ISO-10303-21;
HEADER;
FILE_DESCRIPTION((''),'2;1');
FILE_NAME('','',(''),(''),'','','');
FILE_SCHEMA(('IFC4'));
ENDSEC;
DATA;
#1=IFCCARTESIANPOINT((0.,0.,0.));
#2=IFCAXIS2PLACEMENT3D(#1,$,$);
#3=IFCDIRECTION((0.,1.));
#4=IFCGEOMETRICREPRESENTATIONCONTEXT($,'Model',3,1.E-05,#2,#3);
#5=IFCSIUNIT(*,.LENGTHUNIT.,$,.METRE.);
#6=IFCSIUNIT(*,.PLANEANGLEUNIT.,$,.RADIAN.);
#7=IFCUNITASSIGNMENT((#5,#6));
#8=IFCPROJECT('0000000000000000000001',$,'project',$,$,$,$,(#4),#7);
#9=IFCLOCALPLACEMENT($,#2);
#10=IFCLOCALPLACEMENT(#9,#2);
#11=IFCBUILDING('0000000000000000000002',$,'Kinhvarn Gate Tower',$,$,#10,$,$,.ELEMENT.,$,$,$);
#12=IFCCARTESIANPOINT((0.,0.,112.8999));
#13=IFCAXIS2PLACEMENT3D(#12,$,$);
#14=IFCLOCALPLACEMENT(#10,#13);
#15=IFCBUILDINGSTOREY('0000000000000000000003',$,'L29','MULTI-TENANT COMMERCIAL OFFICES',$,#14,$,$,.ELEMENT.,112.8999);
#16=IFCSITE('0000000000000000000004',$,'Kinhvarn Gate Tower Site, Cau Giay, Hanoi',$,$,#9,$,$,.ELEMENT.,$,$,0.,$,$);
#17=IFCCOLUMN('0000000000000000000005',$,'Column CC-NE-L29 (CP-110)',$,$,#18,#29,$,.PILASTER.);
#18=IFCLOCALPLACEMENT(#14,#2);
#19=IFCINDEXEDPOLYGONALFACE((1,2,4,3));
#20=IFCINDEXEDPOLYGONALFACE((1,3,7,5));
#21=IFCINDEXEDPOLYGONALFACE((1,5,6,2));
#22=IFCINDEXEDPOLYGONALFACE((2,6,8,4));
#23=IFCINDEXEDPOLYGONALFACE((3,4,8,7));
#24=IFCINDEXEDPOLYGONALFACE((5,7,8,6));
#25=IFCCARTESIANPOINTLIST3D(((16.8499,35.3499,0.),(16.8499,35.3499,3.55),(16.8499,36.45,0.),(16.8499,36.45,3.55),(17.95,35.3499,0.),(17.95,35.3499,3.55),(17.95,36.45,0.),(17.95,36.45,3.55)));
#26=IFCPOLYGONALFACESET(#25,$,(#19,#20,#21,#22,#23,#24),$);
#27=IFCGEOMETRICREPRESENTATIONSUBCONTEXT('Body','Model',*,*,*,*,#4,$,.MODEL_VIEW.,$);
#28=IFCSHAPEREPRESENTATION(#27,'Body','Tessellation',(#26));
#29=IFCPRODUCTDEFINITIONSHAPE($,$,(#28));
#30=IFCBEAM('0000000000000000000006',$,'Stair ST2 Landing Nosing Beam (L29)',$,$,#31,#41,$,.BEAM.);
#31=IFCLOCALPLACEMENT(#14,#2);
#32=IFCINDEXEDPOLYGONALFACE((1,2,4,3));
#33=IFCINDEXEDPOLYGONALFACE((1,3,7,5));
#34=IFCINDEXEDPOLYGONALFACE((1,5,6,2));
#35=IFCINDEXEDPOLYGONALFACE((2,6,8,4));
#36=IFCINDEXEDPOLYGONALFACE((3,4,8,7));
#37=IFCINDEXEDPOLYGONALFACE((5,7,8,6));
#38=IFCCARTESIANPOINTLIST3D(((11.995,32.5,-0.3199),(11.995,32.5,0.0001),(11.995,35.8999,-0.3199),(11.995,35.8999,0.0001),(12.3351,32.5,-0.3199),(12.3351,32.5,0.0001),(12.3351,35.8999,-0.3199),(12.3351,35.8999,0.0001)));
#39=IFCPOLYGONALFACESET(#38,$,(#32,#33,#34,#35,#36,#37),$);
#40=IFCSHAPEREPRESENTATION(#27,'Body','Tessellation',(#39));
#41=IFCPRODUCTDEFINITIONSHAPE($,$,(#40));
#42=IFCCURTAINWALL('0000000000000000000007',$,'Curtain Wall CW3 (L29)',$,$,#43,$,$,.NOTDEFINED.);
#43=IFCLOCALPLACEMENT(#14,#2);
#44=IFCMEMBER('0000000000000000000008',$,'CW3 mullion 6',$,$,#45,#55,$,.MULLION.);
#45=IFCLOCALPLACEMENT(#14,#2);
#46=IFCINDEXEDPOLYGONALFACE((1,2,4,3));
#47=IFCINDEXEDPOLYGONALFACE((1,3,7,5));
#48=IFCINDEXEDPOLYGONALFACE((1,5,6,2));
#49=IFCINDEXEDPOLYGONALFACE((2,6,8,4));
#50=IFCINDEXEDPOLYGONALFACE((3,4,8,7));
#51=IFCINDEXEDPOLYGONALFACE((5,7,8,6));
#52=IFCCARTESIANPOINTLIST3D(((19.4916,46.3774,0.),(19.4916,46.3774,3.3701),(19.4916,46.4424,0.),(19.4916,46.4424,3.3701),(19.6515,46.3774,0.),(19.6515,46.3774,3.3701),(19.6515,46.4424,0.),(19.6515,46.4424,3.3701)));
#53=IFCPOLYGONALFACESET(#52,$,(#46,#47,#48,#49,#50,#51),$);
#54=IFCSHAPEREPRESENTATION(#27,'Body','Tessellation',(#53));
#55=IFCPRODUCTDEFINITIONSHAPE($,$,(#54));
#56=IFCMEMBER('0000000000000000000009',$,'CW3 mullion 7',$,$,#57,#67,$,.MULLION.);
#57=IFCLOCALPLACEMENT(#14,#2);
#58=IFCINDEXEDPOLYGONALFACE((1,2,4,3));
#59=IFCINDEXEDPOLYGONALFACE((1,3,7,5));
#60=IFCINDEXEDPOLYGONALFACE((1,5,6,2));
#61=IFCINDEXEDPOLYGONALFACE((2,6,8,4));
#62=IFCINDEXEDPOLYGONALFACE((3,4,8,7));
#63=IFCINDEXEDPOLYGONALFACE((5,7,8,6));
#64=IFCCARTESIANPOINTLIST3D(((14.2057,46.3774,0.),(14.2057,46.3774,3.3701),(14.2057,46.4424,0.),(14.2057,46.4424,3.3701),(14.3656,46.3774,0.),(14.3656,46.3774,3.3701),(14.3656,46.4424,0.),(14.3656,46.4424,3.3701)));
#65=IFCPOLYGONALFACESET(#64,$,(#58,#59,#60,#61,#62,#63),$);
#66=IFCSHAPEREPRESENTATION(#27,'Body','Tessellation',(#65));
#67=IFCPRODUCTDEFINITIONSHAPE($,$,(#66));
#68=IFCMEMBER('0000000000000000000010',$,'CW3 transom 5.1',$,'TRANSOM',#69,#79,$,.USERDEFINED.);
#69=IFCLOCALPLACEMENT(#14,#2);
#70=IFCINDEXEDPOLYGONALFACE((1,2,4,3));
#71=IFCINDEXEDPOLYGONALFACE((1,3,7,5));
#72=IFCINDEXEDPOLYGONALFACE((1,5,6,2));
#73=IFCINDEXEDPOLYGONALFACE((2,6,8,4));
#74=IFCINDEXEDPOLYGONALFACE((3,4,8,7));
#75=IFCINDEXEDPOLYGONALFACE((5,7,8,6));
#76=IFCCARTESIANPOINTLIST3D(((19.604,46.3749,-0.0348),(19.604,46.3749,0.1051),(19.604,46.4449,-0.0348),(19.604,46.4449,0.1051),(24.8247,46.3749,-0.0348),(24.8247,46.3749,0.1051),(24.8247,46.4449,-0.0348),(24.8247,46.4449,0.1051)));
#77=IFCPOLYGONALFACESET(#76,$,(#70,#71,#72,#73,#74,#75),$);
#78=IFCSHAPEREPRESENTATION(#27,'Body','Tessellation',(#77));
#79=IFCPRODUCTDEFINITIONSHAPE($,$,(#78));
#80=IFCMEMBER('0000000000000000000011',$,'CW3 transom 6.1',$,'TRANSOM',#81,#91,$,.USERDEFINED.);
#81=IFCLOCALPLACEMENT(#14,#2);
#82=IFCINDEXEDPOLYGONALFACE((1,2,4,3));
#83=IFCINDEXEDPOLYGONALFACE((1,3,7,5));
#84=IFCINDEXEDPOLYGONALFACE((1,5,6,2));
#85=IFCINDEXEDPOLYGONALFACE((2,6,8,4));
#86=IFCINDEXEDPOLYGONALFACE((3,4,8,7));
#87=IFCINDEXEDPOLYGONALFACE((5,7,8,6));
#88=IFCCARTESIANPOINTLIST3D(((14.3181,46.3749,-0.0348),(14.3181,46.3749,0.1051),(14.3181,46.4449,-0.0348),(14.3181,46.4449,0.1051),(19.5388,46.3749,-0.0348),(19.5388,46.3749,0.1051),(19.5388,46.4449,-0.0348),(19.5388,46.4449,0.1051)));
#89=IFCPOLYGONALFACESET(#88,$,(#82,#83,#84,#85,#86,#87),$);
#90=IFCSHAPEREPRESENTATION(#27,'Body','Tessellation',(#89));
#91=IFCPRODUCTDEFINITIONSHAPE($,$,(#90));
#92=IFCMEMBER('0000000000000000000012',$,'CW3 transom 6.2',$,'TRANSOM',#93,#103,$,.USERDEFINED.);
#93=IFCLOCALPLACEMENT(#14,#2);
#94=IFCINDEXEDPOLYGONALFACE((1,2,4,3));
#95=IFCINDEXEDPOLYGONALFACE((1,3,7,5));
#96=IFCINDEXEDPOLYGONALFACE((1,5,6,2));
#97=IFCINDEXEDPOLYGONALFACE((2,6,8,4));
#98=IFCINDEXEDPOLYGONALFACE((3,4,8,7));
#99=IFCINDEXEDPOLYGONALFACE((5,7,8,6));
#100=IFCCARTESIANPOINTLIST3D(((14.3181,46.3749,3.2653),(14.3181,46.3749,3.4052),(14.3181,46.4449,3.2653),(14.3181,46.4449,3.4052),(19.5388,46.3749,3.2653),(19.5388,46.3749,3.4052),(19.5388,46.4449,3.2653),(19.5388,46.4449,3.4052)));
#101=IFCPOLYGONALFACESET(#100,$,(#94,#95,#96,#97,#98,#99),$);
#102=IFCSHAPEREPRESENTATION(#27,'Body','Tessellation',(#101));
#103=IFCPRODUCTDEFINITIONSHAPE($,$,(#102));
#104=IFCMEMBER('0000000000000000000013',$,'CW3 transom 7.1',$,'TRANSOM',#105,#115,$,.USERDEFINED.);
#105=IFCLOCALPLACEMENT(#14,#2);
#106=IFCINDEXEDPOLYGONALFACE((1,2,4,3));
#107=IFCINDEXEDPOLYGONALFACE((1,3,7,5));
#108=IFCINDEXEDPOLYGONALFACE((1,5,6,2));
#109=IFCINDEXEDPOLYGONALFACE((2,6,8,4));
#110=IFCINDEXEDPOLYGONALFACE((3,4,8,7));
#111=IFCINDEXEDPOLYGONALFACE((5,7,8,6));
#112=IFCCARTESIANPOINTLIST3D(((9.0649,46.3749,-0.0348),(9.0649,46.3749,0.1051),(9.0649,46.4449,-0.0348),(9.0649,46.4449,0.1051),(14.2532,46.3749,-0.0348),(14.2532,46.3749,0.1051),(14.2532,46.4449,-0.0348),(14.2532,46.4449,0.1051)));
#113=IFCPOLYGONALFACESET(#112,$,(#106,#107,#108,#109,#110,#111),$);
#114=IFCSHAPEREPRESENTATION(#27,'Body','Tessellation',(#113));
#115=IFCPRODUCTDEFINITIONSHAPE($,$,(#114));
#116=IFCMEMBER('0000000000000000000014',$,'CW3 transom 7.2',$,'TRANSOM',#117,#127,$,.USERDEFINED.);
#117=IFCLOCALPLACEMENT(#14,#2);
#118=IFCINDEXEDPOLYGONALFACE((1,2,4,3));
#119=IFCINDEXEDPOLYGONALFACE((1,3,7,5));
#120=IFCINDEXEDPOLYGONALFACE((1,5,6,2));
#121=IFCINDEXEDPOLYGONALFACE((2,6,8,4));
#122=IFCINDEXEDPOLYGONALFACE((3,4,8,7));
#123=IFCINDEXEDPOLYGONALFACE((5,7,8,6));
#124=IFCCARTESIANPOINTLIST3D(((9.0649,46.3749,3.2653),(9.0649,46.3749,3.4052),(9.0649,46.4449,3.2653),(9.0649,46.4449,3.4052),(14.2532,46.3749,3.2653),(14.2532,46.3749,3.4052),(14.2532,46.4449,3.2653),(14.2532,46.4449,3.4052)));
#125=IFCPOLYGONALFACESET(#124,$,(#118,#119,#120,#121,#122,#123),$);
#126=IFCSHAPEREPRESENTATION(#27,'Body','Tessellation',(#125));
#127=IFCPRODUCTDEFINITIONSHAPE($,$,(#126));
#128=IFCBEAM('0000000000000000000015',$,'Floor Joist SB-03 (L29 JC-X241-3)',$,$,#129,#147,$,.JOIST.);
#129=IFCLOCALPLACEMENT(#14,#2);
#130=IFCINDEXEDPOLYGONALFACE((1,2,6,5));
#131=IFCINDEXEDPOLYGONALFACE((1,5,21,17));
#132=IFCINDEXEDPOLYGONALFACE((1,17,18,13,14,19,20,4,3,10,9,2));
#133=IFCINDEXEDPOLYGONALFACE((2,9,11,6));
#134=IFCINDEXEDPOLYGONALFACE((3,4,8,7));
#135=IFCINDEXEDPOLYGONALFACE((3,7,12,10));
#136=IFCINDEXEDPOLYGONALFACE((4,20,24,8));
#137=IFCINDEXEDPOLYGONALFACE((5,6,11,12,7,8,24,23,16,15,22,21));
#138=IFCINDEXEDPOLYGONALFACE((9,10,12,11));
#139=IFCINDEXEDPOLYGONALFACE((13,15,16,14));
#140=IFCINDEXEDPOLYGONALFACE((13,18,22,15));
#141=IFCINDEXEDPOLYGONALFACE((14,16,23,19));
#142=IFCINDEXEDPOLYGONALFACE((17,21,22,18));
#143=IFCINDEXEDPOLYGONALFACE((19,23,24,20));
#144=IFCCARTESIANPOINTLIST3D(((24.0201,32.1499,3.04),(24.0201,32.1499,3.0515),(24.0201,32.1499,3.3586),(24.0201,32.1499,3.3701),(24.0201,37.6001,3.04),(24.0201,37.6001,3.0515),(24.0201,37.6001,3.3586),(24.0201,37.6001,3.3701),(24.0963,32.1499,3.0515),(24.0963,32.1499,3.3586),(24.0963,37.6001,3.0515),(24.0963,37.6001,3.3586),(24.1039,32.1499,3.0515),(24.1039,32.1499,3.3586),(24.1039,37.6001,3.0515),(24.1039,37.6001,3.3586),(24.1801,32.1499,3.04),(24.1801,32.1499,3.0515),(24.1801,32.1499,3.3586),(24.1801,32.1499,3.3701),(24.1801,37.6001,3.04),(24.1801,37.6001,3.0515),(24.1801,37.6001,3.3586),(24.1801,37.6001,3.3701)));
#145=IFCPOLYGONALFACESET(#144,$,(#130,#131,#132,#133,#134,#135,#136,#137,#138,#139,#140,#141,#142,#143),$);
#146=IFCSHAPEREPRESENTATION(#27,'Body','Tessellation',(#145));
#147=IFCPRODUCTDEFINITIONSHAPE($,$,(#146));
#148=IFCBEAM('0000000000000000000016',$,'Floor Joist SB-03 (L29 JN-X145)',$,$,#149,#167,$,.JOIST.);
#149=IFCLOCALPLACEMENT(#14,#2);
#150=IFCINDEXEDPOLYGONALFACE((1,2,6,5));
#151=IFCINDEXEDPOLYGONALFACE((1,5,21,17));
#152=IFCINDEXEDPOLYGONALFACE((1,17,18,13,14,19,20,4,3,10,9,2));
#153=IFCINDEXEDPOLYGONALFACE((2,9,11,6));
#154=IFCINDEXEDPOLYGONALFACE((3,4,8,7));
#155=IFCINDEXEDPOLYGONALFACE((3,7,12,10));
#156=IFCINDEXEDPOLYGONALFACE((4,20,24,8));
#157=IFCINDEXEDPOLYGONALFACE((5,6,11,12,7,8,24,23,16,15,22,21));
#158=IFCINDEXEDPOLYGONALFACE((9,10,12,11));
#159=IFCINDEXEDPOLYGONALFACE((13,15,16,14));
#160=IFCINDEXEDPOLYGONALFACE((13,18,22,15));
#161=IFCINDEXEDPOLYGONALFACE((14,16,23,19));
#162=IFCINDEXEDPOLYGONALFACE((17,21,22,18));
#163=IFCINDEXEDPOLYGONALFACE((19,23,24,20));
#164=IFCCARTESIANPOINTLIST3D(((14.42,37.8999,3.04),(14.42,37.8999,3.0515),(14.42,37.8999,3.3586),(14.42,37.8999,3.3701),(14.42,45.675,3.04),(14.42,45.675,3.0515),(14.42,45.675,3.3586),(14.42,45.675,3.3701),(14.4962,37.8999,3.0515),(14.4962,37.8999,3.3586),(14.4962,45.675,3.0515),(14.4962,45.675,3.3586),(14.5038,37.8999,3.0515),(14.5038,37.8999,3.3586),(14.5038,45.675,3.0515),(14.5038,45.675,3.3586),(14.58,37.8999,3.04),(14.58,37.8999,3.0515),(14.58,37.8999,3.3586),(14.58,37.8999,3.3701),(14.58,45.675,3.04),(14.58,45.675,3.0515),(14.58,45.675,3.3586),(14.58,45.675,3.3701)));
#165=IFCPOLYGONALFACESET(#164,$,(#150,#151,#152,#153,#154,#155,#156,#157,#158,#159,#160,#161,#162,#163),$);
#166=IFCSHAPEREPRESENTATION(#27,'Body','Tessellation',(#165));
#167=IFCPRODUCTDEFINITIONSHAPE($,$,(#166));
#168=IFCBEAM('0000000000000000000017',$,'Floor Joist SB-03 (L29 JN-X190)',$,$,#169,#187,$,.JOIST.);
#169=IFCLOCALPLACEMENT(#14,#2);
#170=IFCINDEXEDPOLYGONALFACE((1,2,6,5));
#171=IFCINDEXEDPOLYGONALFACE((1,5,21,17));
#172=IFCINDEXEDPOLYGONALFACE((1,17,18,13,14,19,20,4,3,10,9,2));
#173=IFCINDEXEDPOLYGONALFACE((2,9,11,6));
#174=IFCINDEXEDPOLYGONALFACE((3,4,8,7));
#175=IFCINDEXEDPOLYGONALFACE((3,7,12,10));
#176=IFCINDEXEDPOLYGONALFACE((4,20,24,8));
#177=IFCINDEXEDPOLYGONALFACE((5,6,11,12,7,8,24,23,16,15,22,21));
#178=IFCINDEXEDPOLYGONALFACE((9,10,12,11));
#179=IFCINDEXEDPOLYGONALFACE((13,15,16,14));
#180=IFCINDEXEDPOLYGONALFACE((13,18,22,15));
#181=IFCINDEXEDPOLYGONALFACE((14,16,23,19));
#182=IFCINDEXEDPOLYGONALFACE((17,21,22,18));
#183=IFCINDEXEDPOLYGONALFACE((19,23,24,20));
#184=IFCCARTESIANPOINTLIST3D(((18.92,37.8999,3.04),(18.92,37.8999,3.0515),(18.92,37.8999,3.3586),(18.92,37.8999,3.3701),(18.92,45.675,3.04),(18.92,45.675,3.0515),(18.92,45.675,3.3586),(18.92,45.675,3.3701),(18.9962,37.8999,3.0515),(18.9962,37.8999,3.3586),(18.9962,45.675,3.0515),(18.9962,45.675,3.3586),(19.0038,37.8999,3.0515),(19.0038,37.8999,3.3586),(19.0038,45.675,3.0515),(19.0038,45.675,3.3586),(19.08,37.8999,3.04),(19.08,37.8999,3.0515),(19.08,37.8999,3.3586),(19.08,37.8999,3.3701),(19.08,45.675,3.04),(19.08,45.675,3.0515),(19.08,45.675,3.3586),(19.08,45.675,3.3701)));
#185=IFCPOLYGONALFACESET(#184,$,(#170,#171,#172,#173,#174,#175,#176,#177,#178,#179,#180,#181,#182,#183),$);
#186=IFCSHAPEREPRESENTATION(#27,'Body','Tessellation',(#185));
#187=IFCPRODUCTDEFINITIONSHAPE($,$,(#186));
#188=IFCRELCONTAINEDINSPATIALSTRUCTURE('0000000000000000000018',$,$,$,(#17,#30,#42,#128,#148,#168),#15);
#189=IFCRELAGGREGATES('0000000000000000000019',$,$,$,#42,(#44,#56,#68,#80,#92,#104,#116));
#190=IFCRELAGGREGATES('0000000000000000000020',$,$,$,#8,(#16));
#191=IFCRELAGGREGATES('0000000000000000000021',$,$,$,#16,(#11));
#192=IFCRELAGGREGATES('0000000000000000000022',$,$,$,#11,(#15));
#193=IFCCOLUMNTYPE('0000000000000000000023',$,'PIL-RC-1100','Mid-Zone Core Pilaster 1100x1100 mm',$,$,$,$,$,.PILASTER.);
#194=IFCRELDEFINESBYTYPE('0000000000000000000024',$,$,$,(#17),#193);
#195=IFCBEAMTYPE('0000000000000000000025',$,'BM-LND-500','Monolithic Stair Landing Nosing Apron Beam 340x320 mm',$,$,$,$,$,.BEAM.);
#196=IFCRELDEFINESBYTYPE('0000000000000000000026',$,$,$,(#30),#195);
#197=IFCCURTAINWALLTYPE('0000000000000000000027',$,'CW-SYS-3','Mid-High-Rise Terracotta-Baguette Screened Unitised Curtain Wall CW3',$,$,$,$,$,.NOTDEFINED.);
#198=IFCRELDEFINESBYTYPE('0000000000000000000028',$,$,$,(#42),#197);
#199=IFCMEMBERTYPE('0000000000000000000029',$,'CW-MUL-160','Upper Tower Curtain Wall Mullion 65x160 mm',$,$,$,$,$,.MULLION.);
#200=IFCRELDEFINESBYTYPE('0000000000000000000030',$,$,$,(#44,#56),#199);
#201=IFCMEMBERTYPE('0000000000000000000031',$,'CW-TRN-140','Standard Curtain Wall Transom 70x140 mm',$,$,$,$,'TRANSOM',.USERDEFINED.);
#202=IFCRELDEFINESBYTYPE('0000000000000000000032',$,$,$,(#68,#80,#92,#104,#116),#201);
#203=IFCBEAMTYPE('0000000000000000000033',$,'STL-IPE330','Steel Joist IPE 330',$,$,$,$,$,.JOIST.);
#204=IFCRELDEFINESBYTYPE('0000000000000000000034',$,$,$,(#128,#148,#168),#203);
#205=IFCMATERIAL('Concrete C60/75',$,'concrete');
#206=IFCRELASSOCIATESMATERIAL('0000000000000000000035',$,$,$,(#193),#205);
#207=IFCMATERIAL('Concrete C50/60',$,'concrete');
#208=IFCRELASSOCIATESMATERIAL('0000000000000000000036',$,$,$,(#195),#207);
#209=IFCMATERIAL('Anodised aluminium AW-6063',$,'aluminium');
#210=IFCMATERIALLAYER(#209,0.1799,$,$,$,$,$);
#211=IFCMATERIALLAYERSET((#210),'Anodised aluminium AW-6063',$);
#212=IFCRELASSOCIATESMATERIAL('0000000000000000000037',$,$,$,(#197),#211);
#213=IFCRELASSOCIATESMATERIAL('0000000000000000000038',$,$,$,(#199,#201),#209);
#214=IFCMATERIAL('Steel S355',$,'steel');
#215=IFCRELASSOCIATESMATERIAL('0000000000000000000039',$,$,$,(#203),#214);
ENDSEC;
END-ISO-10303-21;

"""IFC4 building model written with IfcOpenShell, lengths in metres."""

from ifc_helpers import new_model, si_unit, direction, frame, origin, origin_2d, place, context, subcontext, project, spatial, rectangle, i_section, extrude, material, layer, layer_set, material_profile, profile_set, type_object, element, aggregate, save


model = new_model("IFC4")

# Units and contexts
model_context = context("Model", 3, precision=1e-05, world=origin(), true_north=direction((0.0, 1.0)))
body_context = subcontext(model_context, "Body", "Model", "MODEL_VIEW")
ifc_project = project(units=[si_unit("LENGTHUNIT", "METRE"), si_unit("PLANEANGLEUNIT", "RADIAN")], contexts=[model_context])

# Site, building, storey
site_placement = place(None, origin())
site = spatial("IfcSite", under=ifc_project, at=site_placement, Name="Kinhvarn Gate Tower Site, Cau Giay, Hanoi", CompositionType="ELEMENT", RefElevation=0.0)
building_placement = place(site_placement, origin())
building = spatial("IfcBuilding", under=site, at=building_placement, Name="Kinhvarn Gate Tower", CompositionType="ELEMENT")
storey_placement = place(building_placement, frame((0.0, 0.0, 112.8999)))
storey = spatial("IfcBuildingStorey", under=building, at=storey_placement, Name="L29", Description="MULTI-TENANT COMMERCIAL OFFICES", CompositionType="ELEMENT", Elevation=112.8999)

# Column
ifc_material_1 = material(Name="Concrete C60/75", Category="concrete")
ifc_material_profile_1 = material_profile(ifc_material_1, rectangle(XDim=1.1001, YDim=1.1001, at=origin_2d()), Name="RC 1100x1100")
ifc_profile_set_1 = profile_set([ifc_material_profile_1], Name="Concrete C60/75")
column_type = type_object("IfcColumnType", Name="PIL-RC-1100", Description="Mid-Zone Core Pilaster 1100x1100 mm", PredefinedType="PILASTER", material=ifc_profile_set_1)
column_placement = place(storey_placement, frame((17.3999, 35.8999, 0.0), z_axis=(0.0, 0.0, 1.0), x_axis=(1.0, 0.0, 0.0)))
element("IfcColumn", 1, at=column_placement, inside=storey, type_object=column_type, Name="Column CC-NE-L29 (CP-110)", PredefinedType="PILASTER", context=body_context, shape_type="SweptSolid", body=[
    extrude(rectangle(XDim=1.1001, YDim=1.1001, at=origin_2d()), origin(), (0.0, 0.0, 1.0), 3.55),
])

# Beam
ifc_material_2 = material(Name="Concrete C50/60", Category="concrete")
ifc_material_profile_2 = material_profile(ifc_material_2, rectangle(XDim=0.3401, YDim=0.3201, at=origin_2d()), Name="RC 340x320")
ifc_profile_set_2 = profile_set([ifc_material_profile_2], Name="Concrete C50/60")
beam_type_1 = type_object("IfcBeamType", Name="BM-LND-500", Description="Monolithic Stair Landing Nosing Apron Beam 340x320 mm", PredefinedType="BEAM", material=ifc_profile_set_2)
beam_1_placement = place(storey_placement, frame((12.165, 32.5, -0.1599), z_axis=(0.0, 1.0, 0.0), x_axis=(-1.0, 0.0, 0.0)))
element("IfcBeam", 2, at=beam_1_placement, inside=storey, type_object=beam_type_1, Name="Stair ST2 Landing Nosing Beam (L29)", PredefinedType="BEAM", context=body_context, shape_type="SweptSolid", body=[
    extrude(rectangle(XDim=0.3401, YDim=0.3201, at=origin_2d()), origin(), (0.0, 0.0, 1.0), 3.3999),
])

# Curtain wall, members
ifc_material_3 = material(Name="Anodised aluminium AW-6063", Category="aluminium")
ifc_layer_1 = layer(ifc_material_3, 0.1799)
ifc_layer_set_1 = layer_set([ifc_layer_1], Name="Anodised aluminium AW-6063")
curtain_wall_type = type_object("IfcCurtainWallType", Name="CW-SYS-3", Description="Mid-High-Rise Terracotta-Baguette Screened Unitised Curtain Wall CW3", PredefinedType="NOTDEFINED", material=ifc_layer_set_1)
curtain_wall_placement = place(storey_placement, origin())
curtain_wall = element("IfcCurtainWall", 3, at=curtain_wall_placement, inside=storey, type_object=curtain_wall_type, Name="Curtain Wall CW3 (L29)", PredefinedType="NOTDEFINED")
ifc_material_profile_3 = material_profile(ifc_material_3, rectangle(XDim=0.0649, YDim=0.1599, at=origin_2d()), Name="ALU 65x160")
ifc_profile_set_3 = profile_set([ifc_material_profile_3], Name="Anodised aluminium AW-6063")
member_type_1 = type_object("IfcMemberType", Name="CW-MUL-160", Description="Upper Tower Curtain Wall Mullion 65x160 mm", PredefinedType="MULLION", material=ifc_profile_set_3)
member_1_placement = place(storey_placement, frame((19.5715, 46.4099, 0.0), z_axis=(0.0, 0.0, 1.0), x_axis=(0.0, -1.0, 0.0)))
member_1 = element("IfcMember", 4, at=member_1_placement, type_object=member_type_1, Name="CW3 mullion 6", PredefinedType="MULLION", context=body_context, shape_type="SweptSolid", body=[
    extrude(rectangle(XDim=0.0649, YDim=0.1599, at=origin_2d()), origin(), (0.0, 0.0, 1.0), 3.3701),
])
member_2_placement = place(storey_placement, frame((14.2856, 46.4099, 0.0), z_axis=(0.0, 0.0, 1.0), x_axis=(0.0, -1.0, 0.0)))
member_2 = element("IfcMember", 5, at=member_2_placement, type_object=member_type_1, Name="CW3 mullion 7", PredefinedType="MULLION", context=body_context, shape_type="SweptSolid", body=[
    extrude(rectangle(XDim=0.0649, YDim=0.1599, at=origin_2d()), origin(), (0.0, 0.0, 1.0), 3.3701),
])
ifc_material_profile_4 = material_profile(ifc_material_3, rectangle(XDim=0.0701, YDim=0.1399, at=origin_2d()), Name="ALU 70x140")
ifc_profile_set_4 = profile_set([ifc_material_profile_4], Name="Anodised aluminium AW-6063")
member_type_2 = type_object("IfcMemberType", Name="CW-TRN-140", Description="Standard Curtain Wall Transom 70x140 mm", ElementType="TRANSOM", PredefinedType="USERDEFINED", material=ifc_profile_set_4)
member_3_placement = place(storey_placement, frame((24.8247, 46.4099, 0.0352), z_axis=(-1.0, 0.0, 0.0), x_axis=(0.0, -1.0, 0.0)))
member_3 = element("IfcMember", 6, at=member_3_placement, type_object=member_type_2, Name="CW3 transom 5.1", ObjectType="TRANSOM", PredefinedType="USERDEFINED", context=body_context, shape_type="SweptSolid", body=[
    extrude(rectangle(XDim=0.0701, YDim=0.1399, at=origin_2d()), origin(), (0.0, 0.0, 1.0), 5.2207),
])
member_4_placement = place(storey_placement, frame((19.5388, 46.4099, 0.0352), z_axis=(-1.0, 0.0, 0.0), x_axis=(0.0, -1.0, 0.0)))
member_4 = element("IfcMember", 7, at=member_4_placement, type_object=member_type_2, Name="CW3 transom 6.1", ObjectType="TRANSOM", PredefinedType="USERDEFINED", context=body_context, shape_type="SweptSolid", body=[
    extrude(rectangle(XDim=0.0701, YDim=0.1399, at=origin_2d()), origin(), (0.0, 0.0, 1.0), 5.2207),
])
member_5_placement = place(storey_placement, frame((19.5388, 46.4099, 3.3352), z_axis=(-1.0, 0.0, 0.0), x_axis=(0.0, -1.0, 0.0)))
member_5 = element("IfcMember", 8, at=member_5_placement, type_object=member_type_2, Name="CW3 transom 6.2", ObjectType="TRANSOM", PredefinedType="USERDEFINED", context=body_context, shape_type="SweptSolid", body=[
    extrude(rectangle(XDim=0.0701, YDim=0.1399, at=origin_2d()), origin(), (0.0, 0.0, 1.0), 5.2207),
])
member_6_placement = place(storey_placement, frame((14.2532, 46.4099, 0.0352), z_axis=(-1.0, 0.0, 0.0), x_axis=(0.0, -1.0, 0.0)))
member_6 = element("IfcMember", 9, at=member_6_placement, type_object=member_type_2, Name="CW3 transom 7.1", ObjectType="TRANSOM", PredefinedType="USERDEFINED", context=body_context, shape_type="SweptSolid", body=[
    extrude(rectangle(XDim=0.0701, YDim=0.1399, at=origin_2d()), origin(), (0.0, 0.0, 1.0), 5.1882),
])
member_7_placement = place(storey_placement, frame((14.2532, 46.4099, 3.3352), z_axis=(-1.0, 0.0, 0.0), x_axis=(0.0, -1.0, 0.0)))
member_7 = element("IfcMember", 10, at=member_7_placement, type_object=member_type_2, Name="CW3 transom 7.2", ObjectType="TRANSOM", PredefinedType="USERDEFINED", context=body_context, shape_type="SweptSolid", body=[
    extrude(rectangle(XDim=0.0701, YDim=0.1399, at=origin_2d()), origin(), (0.0, 0.0, 1.0), 5.1882),
])

# Beams
ifc_material_4 = material(Name="Steel S355", Category="steel")
ifc_material_profile_5 = material_profile(ifc_material_4, i_section(OverallWidth=0.1599, OverallDepth=0.3301, WebThickness=0.0076, FlangeThickness=0.0115, at=origin_2d()), Name="IPE 330")
ifc_profile_set_5 = profile_set([ifc_material_profile_5], Name="Steel S355")
beam_type_2 = type_object("IfcBeamType", Name="STL-IPE330", Description="Steel Joist IPE 330", PredefinedType="JOIST", material=ifc_profile_set_5)
beam_2_placement = place(storey_placement, frame((24.1001, 32.1499, 3.2051), z_axis=(0.0, 1.0, 0.0), x_axis=(-1.0, 0.0, 0.0)))
element("IfcBeam", 11, at=beam_2_placement, inside=storey, type_object=beam_type_2, Name="Floor Joist SB-03 (L29 JC-X241-3)", PredefinedType="JOIST", context=body_context, shape_type="SweptSolid", body=[
    extrude(i_section(OverallWidth=0.1599, OverallDepth=0.3301, WebThickness=0.0076, FlangeThickness=0.0115, at=origin_2d()), origin(), (0.0, 0.0, 1.0), 5.4502),
])
for number, where, z_axis, x_axis, name in (
    (12, (14.5, 37.8999, 3.2051), (0.0, 1.0, 0.0), (-1.0, 0.0, 0.0), "Floor Joist SB-03 (L29 JN-X145)"),
    (13, (19.0, 37.8999, 3.2051), (0.0, 1.0, 0.0), (-1.0, 0.0, 0.0), "Floor Joist SB-03 (L29 JN-X190)"),
):
    element("IfcBeam", number, at=place(storey_placement, frame(where, z_axis=z_axis, x_axis=x_axis)), inside=storey, type_object=beam_type_2, Name=name, PredefinedType="JOIST", context=body_context, shape_type="SweptSolid", body=[
        extrude(i_section(OverallWidth=0.1599, OverallDepth=0.3301, WebThickness=0.0076, FlangeThickness=0.0115, at=origin_2d()), origin(), (0.0, 0.0, 1.0), 7.7751),
    ])

aggregate(curtain_wall, [member_1, member_2, member_3, member_4, member_5, member_6, member_7])

save(model, "model.ifc")
